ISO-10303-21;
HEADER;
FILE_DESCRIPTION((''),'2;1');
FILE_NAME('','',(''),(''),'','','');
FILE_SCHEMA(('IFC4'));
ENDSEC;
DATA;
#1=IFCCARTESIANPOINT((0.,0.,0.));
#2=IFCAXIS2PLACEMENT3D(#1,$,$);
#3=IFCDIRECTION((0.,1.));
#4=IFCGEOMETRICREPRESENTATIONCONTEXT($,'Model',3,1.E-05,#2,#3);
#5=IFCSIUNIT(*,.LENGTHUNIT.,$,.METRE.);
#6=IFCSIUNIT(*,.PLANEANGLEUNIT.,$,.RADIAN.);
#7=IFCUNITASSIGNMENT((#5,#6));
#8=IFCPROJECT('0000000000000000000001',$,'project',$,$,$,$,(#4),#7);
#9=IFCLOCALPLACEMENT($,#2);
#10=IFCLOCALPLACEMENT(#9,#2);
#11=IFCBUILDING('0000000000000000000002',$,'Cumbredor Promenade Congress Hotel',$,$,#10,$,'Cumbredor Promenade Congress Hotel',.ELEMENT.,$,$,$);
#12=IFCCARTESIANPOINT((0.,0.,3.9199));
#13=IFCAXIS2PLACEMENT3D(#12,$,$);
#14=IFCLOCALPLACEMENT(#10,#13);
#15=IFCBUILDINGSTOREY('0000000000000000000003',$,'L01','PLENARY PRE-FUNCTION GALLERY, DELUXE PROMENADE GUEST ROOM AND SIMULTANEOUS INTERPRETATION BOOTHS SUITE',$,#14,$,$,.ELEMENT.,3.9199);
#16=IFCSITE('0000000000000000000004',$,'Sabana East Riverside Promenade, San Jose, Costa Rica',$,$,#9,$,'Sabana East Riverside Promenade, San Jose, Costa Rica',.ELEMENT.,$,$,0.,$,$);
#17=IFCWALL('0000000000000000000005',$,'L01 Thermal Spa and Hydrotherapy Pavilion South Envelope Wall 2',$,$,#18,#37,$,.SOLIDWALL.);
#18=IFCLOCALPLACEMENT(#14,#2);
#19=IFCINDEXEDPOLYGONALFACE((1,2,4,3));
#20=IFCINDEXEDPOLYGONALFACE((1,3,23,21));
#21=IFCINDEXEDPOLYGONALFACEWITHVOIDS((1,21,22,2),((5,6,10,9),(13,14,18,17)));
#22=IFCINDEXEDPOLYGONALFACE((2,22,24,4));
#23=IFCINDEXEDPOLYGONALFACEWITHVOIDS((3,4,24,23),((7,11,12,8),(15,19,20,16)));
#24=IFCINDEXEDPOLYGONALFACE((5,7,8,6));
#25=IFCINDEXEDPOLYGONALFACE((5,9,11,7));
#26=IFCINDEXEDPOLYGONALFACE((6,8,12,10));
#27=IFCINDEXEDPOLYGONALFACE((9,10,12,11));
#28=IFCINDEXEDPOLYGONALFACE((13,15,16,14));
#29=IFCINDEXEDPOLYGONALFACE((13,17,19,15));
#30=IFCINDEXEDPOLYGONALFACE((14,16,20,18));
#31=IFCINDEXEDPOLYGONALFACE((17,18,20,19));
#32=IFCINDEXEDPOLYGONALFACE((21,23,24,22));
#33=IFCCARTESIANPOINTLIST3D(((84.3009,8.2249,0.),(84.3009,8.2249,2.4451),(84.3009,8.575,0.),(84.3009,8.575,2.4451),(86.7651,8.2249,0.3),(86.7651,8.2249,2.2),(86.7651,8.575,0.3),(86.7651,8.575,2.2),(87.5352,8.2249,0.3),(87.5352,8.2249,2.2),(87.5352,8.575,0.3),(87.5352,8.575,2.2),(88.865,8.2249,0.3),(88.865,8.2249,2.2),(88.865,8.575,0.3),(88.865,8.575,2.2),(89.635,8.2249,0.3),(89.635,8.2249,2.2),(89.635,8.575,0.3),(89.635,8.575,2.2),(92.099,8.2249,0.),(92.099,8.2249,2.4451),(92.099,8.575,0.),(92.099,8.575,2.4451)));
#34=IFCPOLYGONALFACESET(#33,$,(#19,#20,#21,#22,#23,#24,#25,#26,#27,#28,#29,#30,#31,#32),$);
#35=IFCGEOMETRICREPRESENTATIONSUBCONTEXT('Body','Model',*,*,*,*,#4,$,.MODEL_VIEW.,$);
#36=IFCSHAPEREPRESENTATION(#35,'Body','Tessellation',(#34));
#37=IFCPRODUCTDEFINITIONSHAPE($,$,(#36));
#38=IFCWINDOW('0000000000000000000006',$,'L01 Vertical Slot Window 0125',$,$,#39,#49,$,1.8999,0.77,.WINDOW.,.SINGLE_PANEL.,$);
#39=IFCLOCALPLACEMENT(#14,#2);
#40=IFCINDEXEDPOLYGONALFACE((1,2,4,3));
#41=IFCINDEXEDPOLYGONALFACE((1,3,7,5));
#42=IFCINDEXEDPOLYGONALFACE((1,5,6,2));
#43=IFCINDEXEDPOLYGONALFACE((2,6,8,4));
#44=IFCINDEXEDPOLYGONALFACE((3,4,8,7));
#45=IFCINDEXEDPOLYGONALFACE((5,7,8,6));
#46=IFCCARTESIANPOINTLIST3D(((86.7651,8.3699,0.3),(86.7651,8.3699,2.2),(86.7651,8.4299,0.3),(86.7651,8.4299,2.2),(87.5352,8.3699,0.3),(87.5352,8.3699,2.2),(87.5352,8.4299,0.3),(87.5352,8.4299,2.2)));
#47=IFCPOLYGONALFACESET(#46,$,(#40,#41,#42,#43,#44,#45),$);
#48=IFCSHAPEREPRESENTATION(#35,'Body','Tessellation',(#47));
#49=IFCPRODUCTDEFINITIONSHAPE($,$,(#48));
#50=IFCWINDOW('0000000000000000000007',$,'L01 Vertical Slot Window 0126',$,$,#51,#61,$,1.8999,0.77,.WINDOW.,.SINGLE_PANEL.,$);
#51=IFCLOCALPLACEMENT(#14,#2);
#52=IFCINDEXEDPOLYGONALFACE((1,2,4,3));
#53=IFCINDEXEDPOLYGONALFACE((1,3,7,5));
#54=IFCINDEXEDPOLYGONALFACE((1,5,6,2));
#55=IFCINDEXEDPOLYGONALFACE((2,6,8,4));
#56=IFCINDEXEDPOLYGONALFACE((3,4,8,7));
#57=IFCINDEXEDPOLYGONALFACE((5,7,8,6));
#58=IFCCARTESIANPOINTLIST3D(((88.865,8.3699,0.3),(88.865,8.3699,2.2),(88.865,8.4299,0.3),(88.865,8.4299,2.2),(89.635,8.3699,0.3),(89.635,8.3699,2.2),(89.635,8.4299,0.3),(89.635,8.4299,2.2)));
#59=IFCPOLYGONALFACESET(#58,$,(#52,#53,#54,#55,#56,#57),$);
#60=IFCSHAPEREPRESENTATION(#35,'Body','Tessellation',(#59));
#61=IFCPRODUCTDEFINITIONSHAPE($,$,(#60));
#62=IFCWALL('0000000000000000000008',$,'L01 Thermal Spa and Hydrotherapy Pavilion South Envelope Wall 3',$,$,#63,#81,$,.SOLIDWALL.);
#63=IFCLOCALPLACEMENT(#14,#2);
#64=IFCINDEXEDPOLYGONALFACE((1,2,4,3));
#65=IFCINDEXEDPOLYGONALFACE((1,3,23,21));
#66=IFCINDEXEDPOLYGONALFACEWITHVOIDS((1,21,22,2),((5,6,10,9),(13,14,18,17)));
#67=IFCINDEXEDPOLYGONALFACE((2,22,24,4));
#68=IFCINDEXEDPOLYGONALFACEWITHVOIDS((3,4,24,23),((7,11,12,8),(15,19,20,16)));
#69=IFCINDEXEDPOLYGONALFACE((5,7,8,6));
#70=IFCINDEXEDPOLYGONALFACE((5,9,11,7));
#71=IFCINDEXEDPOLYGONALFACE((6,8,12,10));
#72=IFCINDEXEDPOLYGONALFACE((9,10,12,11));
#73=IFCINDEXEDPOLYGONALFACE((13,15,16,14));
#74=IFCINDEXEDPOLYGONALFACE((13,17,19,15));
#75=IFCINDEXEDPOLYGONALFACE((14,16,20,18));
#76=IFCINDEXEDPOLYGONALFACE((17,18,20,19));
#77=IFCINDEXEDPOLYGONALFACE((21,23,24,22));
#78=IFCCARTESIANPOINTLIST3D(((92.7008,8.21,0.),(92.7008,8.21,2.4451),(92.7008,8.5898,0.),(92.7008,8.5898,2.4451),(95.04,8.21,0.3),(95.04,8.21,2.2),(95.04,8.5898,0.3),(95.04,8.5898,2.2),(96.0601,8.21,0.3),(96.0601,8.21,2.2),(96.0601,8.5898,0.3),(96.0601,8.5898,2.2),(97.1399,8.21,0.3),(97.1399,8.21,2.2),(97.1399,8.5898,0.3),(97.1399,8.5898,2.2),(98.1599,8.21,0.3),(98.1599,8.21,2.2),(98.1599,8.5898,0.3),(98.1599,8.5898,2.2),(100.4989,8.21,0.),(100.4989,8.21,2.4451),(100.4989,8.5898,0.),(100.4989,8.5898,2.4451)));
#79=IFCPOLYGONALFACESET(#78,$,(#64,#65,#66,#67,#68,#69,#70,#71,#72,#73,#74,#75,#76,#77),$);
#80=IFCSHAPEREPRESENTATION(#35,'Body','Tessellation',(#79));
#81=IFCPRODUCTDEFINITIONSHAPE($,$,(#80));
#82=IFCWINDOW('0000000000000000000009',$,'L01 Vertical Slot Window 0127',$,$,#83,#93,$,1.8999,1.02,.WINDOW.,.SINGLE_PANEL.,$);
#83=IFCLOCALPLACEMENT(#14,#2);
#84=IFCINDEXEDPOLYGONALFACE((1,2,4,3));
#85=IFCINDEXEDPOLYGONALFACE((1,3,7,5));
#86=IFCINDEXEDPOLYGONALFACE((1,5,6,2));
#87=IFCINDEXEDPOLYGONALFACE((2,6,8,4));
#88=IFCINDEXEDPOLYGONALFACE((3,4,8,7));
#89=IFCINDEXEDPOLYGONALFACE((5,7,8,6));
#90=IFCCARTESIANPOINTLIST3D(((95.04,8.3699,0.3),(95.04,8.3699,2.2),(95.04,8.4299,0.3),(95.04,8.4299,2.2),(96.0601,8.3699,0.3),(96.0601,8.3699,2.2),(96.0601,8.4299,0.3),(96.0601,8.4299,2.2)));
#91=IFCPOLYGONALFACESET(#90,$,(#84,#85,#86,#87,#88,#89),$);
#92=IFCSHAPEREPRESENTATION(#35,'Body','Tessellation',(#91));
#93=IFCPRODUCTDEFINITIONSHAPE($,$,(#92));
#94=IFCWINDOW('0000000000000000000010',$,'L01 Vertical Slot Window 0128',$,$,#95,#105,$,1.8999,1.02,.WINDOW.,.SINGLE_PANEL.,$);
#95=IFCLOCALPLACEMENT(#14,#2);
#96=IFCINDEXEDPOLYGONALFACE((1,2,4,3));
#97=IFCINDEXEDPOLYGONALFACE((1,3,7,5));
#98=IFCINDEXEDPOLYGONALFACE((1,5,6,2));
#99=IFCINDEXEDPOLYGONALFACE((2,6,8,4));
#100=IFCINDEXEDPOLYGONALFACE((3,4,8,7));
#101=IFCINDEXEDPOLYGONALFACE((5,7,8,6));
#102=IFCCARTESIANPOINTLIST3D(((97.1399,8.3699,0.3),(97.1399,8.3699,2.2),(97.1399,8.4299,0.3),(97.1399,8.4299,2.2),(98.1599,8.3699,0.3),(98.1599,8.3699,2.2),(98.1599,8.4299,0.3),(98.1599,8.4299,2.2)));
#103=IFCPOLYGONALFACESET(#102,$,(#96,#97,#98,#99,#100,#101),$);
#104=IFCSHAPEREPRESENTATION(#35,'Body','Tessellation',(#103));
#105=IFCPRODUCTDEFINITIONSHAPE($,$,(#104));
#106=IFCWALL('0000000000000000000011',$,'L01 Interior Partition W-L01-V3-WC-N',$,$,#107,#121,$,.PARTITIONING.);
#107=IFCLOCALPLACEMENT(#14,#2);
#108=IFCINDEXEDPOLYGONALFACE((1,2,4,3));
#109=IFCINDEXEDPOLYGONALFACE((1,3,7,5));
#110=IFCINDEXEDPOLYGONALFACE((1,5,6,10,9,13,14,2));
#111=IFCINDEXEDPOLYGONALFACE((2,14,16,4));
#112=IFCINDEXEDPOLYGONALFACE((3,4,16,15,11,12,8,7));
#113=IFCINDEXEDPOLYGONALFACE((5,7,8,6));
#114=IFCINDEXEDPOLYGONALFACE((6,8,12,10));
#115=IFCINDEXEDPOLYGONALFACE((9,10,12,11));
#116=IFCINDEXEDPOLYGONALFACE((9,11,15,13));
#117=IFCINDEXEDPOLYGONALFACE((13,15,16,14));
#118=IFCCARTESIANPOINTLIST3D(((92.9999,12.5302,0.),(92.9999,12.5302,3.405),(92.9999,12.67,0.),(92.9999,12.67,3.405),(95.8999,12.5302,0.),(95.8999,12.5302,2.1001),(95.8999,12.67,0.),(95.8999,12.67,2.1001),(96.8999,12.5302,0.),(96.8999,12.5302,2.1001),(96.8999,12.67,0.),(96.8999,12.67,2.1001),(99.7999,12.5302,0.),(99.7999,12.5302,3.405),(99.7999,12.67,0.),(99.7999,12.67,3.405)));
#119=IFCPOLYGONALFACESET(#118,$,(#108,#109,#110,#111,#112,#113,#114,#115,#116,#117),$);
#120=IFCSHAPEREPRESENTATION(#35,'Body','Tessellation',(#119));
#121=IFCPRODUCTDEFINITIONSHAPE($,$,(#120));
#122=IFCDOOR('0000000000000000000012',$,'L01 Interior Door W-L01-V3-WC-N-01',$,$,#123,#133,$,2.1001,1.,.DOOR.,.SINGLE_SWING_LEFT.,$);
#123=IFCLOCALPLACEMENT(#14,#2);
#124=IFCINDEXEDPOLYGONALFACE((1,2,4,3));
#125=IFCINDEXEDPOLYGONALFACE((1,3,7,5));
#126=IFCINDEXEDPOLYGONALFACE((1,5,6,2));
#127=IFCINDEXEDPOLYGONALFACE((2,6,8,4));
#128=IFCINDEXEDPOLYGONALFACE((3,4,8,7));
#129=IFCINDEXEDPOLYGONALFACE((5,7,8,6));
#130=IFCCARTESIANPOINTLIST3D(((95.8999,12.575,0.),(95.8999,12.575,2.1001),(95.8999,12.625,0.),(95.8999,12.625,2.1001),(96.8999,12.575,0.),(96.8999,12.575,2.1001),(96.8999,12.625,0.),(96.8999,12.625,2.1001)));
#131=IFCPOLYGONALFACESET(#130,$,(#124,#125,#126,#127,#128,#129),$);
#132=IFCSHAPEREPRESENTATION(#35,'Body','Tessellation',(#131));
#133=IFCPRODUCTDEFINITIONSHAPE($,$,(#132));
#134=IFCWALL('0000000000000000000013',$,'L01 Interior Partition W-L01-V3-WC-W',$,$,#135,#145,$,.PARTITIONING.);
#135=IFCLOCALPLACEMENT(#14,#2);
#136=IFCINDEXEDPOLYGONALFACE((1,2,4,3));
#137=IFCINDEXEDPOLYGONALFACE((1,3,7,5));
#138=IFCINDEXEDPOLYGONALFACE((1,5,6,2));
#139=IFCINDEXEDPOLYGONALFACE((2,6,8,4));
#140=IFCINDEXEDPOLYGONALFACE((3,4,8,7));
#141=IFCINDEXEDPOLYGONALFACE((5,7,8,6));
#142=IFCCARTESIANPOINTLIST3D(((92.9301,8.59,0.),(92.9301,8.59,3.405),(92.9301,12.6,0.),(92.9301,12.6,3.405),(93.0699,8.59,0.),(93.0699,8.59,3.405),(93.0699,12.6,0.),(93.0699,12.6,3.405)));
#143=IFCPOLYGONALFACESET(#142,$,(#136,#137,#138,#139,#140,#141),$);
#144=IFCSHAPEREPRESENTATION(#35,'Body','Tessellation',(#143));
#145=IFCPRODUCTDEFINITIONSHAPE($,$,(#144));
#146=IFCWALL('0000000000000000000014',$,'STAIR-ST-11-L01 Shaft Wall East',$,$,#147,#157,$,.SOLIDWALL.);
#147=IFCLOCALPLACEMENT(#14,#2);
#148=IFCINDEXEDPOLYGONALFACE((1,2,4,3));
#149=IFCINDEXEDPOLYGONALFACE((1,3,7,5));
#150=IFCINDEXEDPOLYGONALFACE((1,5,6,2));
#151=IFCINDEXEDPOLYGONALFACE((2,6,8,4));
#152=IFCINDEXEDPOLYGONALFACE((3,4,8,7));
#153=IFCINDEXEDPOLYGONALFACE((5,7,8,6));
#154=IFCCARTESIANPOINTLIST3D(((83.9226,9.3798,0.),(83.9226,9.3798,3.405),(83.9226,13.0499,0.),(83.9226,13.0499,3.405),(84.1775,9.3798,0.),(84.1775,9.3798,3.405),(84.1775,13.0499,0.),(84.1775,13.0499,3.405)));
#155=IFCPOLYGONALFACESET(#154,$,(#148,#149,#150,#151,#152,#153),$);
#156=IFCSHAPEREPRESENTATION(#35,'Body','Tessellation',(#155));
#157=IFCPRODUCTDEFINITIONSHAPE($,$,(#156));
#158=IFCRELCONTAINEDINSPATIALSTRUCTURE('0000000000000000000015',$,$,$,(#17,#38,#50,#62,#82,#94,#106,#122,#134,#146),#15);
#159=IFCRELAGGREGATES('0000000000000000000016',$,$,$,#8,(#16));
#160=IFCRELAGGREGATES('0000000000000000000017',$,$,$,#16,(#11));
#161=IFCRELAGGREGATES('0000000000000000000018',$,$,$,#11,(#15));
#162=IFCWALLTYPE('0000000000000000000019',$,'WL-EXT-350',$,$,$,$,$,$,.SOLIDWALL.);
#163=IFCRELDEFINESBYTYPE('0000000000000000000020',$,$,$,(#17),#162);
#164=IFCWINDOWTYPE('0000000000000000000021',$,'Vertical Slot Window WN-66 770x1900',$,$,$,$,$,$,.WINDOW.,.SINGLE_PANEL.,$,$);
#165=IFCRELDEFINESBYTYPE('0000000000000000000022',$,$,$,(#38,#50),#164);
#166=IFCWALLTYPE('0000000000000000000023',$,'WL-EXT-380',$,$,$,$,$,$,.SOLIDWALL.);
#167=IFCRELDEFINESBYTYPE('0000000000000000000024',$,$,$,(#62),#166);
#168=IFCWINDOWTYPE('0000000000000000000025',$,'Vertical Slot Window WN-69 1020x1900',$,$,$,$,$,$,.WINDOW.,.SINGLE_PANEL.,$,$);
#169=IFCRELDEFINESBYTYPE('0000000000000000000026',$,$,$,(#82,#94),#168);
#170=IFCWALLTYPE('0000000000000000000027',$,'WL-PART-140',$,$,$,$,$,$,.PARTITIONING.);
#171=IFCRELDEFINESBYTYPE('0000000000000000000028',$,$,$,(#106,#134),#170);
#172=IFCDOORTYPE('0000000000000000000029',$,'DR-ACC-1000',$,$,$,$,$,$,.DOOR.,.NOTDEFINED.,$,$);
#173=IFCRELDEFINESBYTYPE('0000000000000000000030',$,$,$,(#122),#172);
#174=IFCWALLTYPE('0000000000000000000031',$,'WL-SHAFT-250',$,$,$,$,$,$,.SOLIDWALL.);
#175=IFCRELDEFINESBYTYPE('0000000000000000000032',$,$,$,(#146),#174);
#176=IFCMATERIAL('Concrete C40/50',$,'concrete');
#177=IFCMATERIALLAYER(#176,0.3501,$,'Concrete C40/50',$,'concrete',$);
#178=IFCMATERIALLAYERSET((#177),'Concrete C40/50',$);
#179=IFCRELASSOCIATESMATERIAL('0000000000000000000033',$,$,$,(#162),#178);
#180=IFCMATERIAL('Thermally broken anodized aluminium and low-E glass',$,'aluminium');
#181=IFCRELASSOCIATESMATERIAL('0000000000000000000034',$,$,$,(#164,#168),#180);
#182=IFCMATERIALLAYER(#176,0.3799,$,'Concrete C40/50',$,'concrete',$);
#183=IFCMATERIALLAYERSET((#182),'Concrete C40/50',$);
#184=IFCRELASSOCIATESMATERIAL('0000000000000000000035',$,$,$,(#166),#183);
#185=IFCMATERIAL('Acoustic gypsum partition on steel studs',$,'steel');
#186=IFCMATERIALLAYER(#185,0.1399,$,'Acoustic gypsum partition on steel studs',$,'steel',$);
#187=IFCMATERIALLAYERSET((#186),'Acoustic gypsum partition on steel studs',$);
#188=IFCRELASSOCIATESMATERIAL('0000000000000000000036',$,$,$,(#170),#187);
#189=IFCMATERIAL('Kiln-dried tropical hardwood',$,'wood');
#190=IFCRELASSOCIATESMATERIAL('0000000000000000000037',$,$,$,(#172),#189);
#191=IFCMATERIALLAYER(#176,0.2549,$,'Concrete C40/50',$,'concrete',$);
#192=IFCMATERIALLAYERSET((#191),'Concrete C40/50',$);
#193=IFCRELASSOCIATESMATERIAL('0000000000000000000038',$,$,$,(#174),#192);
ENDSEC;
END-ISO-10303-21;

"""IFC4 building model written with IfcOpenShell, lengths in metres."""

from ifc_helpers import new_model, si_unit, direction, frame, frame_2d, origin, place, context, subcontext, project, spatial, rectangle, extrude, material, layer, layer_set, type_object, element, fill, save


model = new_model("IFC4")

# Units and contexts
model_context = context("Model", 3, precision=1e-05, world=origin(), true_north=direction((0.0, 1.0)))
body_context = subcontext(model_context, "Body", "Model", "MODEL_VIEW")
ifc_project = project(units=[si_unit("LENGTHUNIT", "METRE"), si_unit("PLANEANGLEUNIT", "RADIAN")], contexts=[model_context])

# Site, building, storey
site_placement = place(None, origin())
site = spatial("IfcSite", under=ifc_project, at=site_placement, Name="Sabana East Riverside Promenade, San Jose, Costa Rica", LongName="Sabana East Riverside Promenade, San Jose, Costa Rica", CompositionType="ELEMENT", RefElevation=0.0)
building_placement = place(site_placement, origin())
building = spatial("IfcBuilding", under=site, at=building_placement, Name="Cumbredor Promenade Congress Hotel", LongName="Cumbredor Promenade Congress Hotel", CompositionType="ELEMENT")
storey_placement = place(building_placement, frame((0.0, 0.0, 3.9199)))
storey = spatial("IfcBuildingStorey", under=building, at=storey_placement, Name="L01", Description="PLENARY PRE-FUNCTION GALLERY, DELUXE PROMENADE GUEST ROOM AND SIMULTANEOUS INTERPRETATION BOOTHS SUITE", CompositionType="ELEMENT", Elevation=3.9199)

# Shared definitions
ifc_material_1 = material(Name="Concrete C40/50", Category="concrete")

# Shared definitions
ifc_material_2 = material(Name="Thermally broken anodized aluminium and low-E glass", Category="aluminium")

# Walls, openings, windows
ifc_layer_1 = layer(ifc_material_1, 0.3501, Name="Concrete C40/50", Category="concrete")
ifc_layer_set_1 = layer_set([ifc_layer_1], Name="Concrete C40/50")
wall_type_1 = type_object("IfcWallType", Name="WL-EXT-350", PredefinedType="SOLIDWALL", material=ifc_layer_set_1)
wall_1_placement = place(storey_placement, frame((84.301, 8.3999, 0.0), z_axis=(0.0, 0.0, 1.0), x_axis=(1.0, 0.0, 0.0)))
wall_1 = element("IfcWall", 1, at=wall_1_placement, inside=storey, type_object=wall_type_1, Name="L01 Thermal Spa and Hydrotherapy Pavilion South Envelope Wall 2", PredefinedType="SOLIDWALL", context=body_context, shape_type="SweptSolid", body=[
    extrude(rectangle(XDim=7.7981, YDim=0.3501, at=frame_2d((3.8989, 0.0))), origin(), (0.0, 0.0, 1.0), 2.4451),
])
opening_1_placement = place(wall_1_placement, frame((2.4641, 0.0, 0.3)))
opening_1 = element("IfcOpeningElement", 2, at=opening_1_placement, cuts=wall_1, PredefinedType="OPENING", context=body_context, shape_type="SweptSolid", body=[
    extrude(rectangle(XDim=0.77, YDim=1.8999, at=frame_2d((0.385, 0.95))), frame((0.0, 0.1851, 0.0), z_axis=(0.0, -1.0, 0.0), x_axis=(1.0, 0.0, 0.0)), (0.0, 0.0, 1.0), 0.3701),
])
opening_2_placement = place(wall_1_placement, frame((4.564, 0.0, 0.3)))
opening_2 = element("IfcOpeningElement", 3, at=opening_2_placement, cuts=wall_1, PredefinedType="OPENING", context=body_context, shape_type="SweptSolid", body=[
    extrude(rectangle(XDim=0.77, YDim=1.8999, at=frame_2d((0.385, 0.95))), frame((0.0, 0.1851, 0.0), z_axis=(0.0, -1.0, 0.0), x_axis=(1.0, 0.0, 0.0)), (0.0, 0.0, 1.0), 0.3701),
])
window_type_1 = type_object("IfcWindowType", Name="Vertical Slot Window WN-66 770x1900", PartitioningType="SINGLE_PANEL", PredefinedType="WINDOW", material=ifc_material_2)
window_1_placement = place(opening_1_placement, origin())
window_1 = element("IfcWindow", 4, at=window_1_placement, inside=storey, type_object=window_type_1, Name="L01 Vertical Slot Window 0125", OverallHeight=1.8999, OverallWidth=0.77, PartitioningType="SINGLE_PANEL", PredefinedType="WINDOW", context=body_context, shape_type="SweptSolid", body=[
    extrude(rectangle(XDim=0.77, YDim=1.8999, at=frame_2d((0.385, 0.95))), frame((0.0, 0.03, 0.0), z_axis=(0.0, -1.0, 0.0), x_axis=(1.0, 0.0, 0.0)), (0.0, 0.0, 1.0), 0.0601),
])
fill(opening_1, window_1)
window_2_placement = place(opening_2_placement, origin())
window_2 = element("IfcWindow", 5, at=window_2_placement, inside=storey, type_object=window_type_1, Name="L01 Vertical Slot Window 0126", OverallHeight=1.8999, OverallWidth=0.77, PartitioningType="SINGLE_PANEL", PredefinedType="WINDOW", context=body_context, shape_type="SweptSolid", body=[
    extrude(rectangle(XDim=0.77, YDim=1.8999, at=frame_2d((0.385, 0.95))), frame((0.0, 0.03, 0.0), z_axis=(0.0, -1.0, 0.0), x_axis=(1.0, 0.0, 0.0)), (0.0, 0.0, 1.0), 0.0601),
])
fill(opening_2, window_2)
ifc_layer_2 = layer(ifc_material_1, 0.3799, Name="Concrete C40/50", Category="concrete")
ifc_layer_set_2 = layer_set([ifc_layer_2], Name="Concrete C40/50")
wall_type_2 = type_object("IfcWallType", Name="WL-EXT-380", PredefinedType="SOLIDWALL", material=ifc_layer_set_2)
wall_2_placement = place(storey_placement, frame((92.7009, 8.3999, 0.0), z_axis=(0.0, 0.0, 1.0), x_axis=(1.0, 0.0, 0.0)))
wall_2 = element("IfcWall", 6, at=wall_2_placement, inside=storey, type_object=wall_type_2, Name="L01 Thermal Spa and Hydrotherapy Pavilion South Envelope Wall 3", PredefinedType="SOLIDWALL", context=body_context, shape_type="SweptSolid", body=[
    extrude(rectangle(XDim=7.7981, YDim=0.3799, at=frame_2d((3.8989, 0.0))), origin(), (0.0, 0.0, 1.0), 2.4451),
])
opening_3_placement = place(wall_2_placement, frame((2.3391, 0.0, 0.3)))
opening_3 = element("IfcOpeningElement", 7, at=opening_3_placement, cuts=wall_2, PredefinedType="OPENING", context=body_context, shape_type="SweptSolid", body=[
    extrude(rectangle(XDim=1.02, YDim=1.8999, at=frame_2d((0.51, 0.95))), frame((0.0, 0.2, 0.0), z_axis=(0.0, -1.0, 0.0), x_axis=(1.0, 0.0, 0.0)), (0.0, 0.0, 1.0), 0.3999),
])
opening_4_placement = place(wall_2_placement, frame((4.439, 0.0, 0.3)))
opening_4 = element("IfcOpeningElement", 8, at=opening_4_placement, cuts=wall_2, PredefinedType="OPENING", context=body_context, shape_type="SweptSolid", body=[
    extrude(rectangle(XDim=1.02, YDim=1.8999, at=frame_2d((0.51, 0.95))), frame((0.0, 0.2, 0.0), z_axis=(0.0, -1.0, 0.0), x_axis=(1.0, 0.0, 0.0)), (0.0, 0.0, 1.0), 0.3999),
])
window_type_2 = type_object("IfcWindowType", Name="Vertical Slot Window WN-69 1020x1900", PartitioningType="SINGLE_PANEL", PredefinedType="WINDOW", material=ifc_material_2)
window_3_placement = place(opening_3_placement, origin())
window_3 = element("IfcWindow", 9, at=window_3_placement, inside=storey, type_object=window_type_2, Name="L01 Vertical Slot Window 0127", OverallHeight=1.8999, OverallWidth=1.02, PartitioningType="SINGLE_PANEL", PredefinedType="WINDOW", context=body_context, shape_type="SweptSolid", body=[
    extrude(rectangle(XDim=1.02, YDim=1.8999, at=frame_2d((0.51, 0.95))), frame((0.0, 0.03, 0.0), z_axis=(0.0, -1.0, 0.0), x_axis=(1.0, 0.0, 0.0)), (0.0, 0.0, 1.0), 0.0601),
])
fill(opening_3, window_3)
window_4_placement = place(opening_4_placement, origin())
window_4 = element("IfcWindow", 10, at=window_4_placement, inside=storey, type_object=window_type_2, Name="L01 Vertical Slot Window 0128", OverallHeight=1.8999, OverallWidth=1.02, PartitioningType="SINGLE_PANEL", PredefinedType="WINDOW", context=body_context, shape_type="SweptSolid", body=[
    extrude(rectangle(XDim=1.02, YDim=1.8999, at=frame_2d((0.51, 0.95))), frame((0.0, 0.03, 0.0), z_axis=(0.0, -1.0, 0.0), x_axis=(1.0, 0.0, 0.0)), (0.0, 0.0, 1.0), 0.0601),
])
fill(opening_4, window_4)

# Wall, opening, door
ifc_material_3 = material(Name="Acoustic gypsum partition on steel studs", Category="steel")
ifc_layer_3 = layer(ifc_material_3, 0.1399, Name="Acoustic gypsum partition on steel studs", Category="steel")
ifc_layer_set_3 = layer_set([ifc_layer_3], Name="Acoustic gypsum partition on steel studs")
wall_type_3 = type_object("IfcWallType", Name="WL-PART-140", PredefinedType="PARTITIONING", material=ifc_layer_set_3)
wall_3_placement = place(storey_placement, frame((93.0, 12.6001, 0.0), z_axis=(0.0, 0.0, 1.0), x_axis=(1.0, 0.0, 0.0)))
wall_3 = element("IfcWall", 11, at=wall_3_placement, inside=storey, type_object=wall_type_3, Name="L01 Interior Partition W-L01-V3-WC-N", PredefinedType="PARTITIONING", context=body_context, shape_type="SweptSolid", body=[
    extrude(rectangle(XDim=6.8, YDim=0.1399, at=frame_2d((3.3999, 0.0))), origin(), (0.0, 0.0, 1.0), 3.405),
])
opening_5_placement = place(wall_3_placement, frame((2.8999, 0.0, 0.0)))
opening_5 = element("IfcOpeningElement", 12, at=opening_5_placement, cuts=wall_3, PredefinedType="OPENING", context=body_context, shape_type="SweptSolid", body=[
    extrude(rectangle(XDim=1.0, YDim=2.1001, at=frame_2d((0.5, 1.05))), frame((0.0, 0.0801, 0.0), z_axis=(0.0, -1.0, 0.0), x_axis=(1.0, 0.0, 0.0)), (0.0, 0.0, 1.0), 0.1599),
])
ifc_material_4 = material(Name="Kiln-dried tropical hardwood", Category="wood")
door_type_1 = type_object("IfcDoorType", Name="DR-ACC-1000", OperationType="NOTDEFINED", PredefinedType="DOOR", material=ifc_material_4)
door_1_placement = place(opening_5_placement, origin())
door_1 = element("IfcDoor", 13, at=door_1_placement, inside=storey, type_object=door_type_1, Name="L01 Interior Door W-L01-V3-WC-N-01", OperationType="SINGLE_SWING_LEFT", OverallHeight=2.1001, OverallWidth=1.0, PredefinedType="DOOR", context=body_context, shape_type="SweptSolid", body=[
    extrude(rectangle(XDim=1.0, YDim=2.1001, at=frame_2d((0.5, 1.05))), frame((0.0, 0.0249, 0.0), z_axis=(0.0, -1.0, 0.0), x_axis=(1.0, 0.0, 0.0)), (0.0, 0.0, 1.0), 0.05),
])
fill(opening_5, door_1)

# Walls
wall_4_placement = place(storey_placement, frame((93.0, 8.5901, 0.0), z_axis=(0.0, 0.0, 1.0), x_axis=(0.0, 1.0, 0.0)))
element("IfcWall", 14, at=wall_4_placement, inside=storey, type_object=wall_type_3, Name="L01 Interior Partition W-L01-V3-WC-W", PredefinedType="PARTITIONING", context=body_context, shape_type="SweptSolid", body=[
    extrude(rectangle(XDim=4.01, YDim=0.1399, at=frame_2d((2.0049, 0.0))), origin(), (0.0, 0.0, 1.0), 3.405),
])
ifc_layer_4 = layer(ifc_material_1, 0.2549, Name="Concrete C40/50", Category="concrete")
ifc_layer_set_4 = layer_set([ifc_layer_4], Name="Concrete C40/50")
wall_type_4 = type_object("IfcWallType", Name="WL-SHAFT-250", PredefinedType="SOLIDWALL", material=ifc_layer_set_4)
wall_5_placement = place(storey_placement, frame((84.05, 9.3799, 0.0), z_axis=(0.0, 0.0, 1.0), x_axis=(0.0, 1.0, 0.0)))
element("IfcWall", 15, at=wall_5_placement, inside=storey, type_object=wall_type_4, Name="STAIR-ST-11-L01 Shaft Wall East", PredefinedType="SOLIDWALL", context=body_context, shape_type="SweptSolid", body=[
    extrude(rectangle(XDim=3.6702, YDim=0.2549, at=frame_2d((1.835, 0.0))), origin(), (0.0, 0.0, 1.0), 3.405),
])

save(model, "model.ifc")
